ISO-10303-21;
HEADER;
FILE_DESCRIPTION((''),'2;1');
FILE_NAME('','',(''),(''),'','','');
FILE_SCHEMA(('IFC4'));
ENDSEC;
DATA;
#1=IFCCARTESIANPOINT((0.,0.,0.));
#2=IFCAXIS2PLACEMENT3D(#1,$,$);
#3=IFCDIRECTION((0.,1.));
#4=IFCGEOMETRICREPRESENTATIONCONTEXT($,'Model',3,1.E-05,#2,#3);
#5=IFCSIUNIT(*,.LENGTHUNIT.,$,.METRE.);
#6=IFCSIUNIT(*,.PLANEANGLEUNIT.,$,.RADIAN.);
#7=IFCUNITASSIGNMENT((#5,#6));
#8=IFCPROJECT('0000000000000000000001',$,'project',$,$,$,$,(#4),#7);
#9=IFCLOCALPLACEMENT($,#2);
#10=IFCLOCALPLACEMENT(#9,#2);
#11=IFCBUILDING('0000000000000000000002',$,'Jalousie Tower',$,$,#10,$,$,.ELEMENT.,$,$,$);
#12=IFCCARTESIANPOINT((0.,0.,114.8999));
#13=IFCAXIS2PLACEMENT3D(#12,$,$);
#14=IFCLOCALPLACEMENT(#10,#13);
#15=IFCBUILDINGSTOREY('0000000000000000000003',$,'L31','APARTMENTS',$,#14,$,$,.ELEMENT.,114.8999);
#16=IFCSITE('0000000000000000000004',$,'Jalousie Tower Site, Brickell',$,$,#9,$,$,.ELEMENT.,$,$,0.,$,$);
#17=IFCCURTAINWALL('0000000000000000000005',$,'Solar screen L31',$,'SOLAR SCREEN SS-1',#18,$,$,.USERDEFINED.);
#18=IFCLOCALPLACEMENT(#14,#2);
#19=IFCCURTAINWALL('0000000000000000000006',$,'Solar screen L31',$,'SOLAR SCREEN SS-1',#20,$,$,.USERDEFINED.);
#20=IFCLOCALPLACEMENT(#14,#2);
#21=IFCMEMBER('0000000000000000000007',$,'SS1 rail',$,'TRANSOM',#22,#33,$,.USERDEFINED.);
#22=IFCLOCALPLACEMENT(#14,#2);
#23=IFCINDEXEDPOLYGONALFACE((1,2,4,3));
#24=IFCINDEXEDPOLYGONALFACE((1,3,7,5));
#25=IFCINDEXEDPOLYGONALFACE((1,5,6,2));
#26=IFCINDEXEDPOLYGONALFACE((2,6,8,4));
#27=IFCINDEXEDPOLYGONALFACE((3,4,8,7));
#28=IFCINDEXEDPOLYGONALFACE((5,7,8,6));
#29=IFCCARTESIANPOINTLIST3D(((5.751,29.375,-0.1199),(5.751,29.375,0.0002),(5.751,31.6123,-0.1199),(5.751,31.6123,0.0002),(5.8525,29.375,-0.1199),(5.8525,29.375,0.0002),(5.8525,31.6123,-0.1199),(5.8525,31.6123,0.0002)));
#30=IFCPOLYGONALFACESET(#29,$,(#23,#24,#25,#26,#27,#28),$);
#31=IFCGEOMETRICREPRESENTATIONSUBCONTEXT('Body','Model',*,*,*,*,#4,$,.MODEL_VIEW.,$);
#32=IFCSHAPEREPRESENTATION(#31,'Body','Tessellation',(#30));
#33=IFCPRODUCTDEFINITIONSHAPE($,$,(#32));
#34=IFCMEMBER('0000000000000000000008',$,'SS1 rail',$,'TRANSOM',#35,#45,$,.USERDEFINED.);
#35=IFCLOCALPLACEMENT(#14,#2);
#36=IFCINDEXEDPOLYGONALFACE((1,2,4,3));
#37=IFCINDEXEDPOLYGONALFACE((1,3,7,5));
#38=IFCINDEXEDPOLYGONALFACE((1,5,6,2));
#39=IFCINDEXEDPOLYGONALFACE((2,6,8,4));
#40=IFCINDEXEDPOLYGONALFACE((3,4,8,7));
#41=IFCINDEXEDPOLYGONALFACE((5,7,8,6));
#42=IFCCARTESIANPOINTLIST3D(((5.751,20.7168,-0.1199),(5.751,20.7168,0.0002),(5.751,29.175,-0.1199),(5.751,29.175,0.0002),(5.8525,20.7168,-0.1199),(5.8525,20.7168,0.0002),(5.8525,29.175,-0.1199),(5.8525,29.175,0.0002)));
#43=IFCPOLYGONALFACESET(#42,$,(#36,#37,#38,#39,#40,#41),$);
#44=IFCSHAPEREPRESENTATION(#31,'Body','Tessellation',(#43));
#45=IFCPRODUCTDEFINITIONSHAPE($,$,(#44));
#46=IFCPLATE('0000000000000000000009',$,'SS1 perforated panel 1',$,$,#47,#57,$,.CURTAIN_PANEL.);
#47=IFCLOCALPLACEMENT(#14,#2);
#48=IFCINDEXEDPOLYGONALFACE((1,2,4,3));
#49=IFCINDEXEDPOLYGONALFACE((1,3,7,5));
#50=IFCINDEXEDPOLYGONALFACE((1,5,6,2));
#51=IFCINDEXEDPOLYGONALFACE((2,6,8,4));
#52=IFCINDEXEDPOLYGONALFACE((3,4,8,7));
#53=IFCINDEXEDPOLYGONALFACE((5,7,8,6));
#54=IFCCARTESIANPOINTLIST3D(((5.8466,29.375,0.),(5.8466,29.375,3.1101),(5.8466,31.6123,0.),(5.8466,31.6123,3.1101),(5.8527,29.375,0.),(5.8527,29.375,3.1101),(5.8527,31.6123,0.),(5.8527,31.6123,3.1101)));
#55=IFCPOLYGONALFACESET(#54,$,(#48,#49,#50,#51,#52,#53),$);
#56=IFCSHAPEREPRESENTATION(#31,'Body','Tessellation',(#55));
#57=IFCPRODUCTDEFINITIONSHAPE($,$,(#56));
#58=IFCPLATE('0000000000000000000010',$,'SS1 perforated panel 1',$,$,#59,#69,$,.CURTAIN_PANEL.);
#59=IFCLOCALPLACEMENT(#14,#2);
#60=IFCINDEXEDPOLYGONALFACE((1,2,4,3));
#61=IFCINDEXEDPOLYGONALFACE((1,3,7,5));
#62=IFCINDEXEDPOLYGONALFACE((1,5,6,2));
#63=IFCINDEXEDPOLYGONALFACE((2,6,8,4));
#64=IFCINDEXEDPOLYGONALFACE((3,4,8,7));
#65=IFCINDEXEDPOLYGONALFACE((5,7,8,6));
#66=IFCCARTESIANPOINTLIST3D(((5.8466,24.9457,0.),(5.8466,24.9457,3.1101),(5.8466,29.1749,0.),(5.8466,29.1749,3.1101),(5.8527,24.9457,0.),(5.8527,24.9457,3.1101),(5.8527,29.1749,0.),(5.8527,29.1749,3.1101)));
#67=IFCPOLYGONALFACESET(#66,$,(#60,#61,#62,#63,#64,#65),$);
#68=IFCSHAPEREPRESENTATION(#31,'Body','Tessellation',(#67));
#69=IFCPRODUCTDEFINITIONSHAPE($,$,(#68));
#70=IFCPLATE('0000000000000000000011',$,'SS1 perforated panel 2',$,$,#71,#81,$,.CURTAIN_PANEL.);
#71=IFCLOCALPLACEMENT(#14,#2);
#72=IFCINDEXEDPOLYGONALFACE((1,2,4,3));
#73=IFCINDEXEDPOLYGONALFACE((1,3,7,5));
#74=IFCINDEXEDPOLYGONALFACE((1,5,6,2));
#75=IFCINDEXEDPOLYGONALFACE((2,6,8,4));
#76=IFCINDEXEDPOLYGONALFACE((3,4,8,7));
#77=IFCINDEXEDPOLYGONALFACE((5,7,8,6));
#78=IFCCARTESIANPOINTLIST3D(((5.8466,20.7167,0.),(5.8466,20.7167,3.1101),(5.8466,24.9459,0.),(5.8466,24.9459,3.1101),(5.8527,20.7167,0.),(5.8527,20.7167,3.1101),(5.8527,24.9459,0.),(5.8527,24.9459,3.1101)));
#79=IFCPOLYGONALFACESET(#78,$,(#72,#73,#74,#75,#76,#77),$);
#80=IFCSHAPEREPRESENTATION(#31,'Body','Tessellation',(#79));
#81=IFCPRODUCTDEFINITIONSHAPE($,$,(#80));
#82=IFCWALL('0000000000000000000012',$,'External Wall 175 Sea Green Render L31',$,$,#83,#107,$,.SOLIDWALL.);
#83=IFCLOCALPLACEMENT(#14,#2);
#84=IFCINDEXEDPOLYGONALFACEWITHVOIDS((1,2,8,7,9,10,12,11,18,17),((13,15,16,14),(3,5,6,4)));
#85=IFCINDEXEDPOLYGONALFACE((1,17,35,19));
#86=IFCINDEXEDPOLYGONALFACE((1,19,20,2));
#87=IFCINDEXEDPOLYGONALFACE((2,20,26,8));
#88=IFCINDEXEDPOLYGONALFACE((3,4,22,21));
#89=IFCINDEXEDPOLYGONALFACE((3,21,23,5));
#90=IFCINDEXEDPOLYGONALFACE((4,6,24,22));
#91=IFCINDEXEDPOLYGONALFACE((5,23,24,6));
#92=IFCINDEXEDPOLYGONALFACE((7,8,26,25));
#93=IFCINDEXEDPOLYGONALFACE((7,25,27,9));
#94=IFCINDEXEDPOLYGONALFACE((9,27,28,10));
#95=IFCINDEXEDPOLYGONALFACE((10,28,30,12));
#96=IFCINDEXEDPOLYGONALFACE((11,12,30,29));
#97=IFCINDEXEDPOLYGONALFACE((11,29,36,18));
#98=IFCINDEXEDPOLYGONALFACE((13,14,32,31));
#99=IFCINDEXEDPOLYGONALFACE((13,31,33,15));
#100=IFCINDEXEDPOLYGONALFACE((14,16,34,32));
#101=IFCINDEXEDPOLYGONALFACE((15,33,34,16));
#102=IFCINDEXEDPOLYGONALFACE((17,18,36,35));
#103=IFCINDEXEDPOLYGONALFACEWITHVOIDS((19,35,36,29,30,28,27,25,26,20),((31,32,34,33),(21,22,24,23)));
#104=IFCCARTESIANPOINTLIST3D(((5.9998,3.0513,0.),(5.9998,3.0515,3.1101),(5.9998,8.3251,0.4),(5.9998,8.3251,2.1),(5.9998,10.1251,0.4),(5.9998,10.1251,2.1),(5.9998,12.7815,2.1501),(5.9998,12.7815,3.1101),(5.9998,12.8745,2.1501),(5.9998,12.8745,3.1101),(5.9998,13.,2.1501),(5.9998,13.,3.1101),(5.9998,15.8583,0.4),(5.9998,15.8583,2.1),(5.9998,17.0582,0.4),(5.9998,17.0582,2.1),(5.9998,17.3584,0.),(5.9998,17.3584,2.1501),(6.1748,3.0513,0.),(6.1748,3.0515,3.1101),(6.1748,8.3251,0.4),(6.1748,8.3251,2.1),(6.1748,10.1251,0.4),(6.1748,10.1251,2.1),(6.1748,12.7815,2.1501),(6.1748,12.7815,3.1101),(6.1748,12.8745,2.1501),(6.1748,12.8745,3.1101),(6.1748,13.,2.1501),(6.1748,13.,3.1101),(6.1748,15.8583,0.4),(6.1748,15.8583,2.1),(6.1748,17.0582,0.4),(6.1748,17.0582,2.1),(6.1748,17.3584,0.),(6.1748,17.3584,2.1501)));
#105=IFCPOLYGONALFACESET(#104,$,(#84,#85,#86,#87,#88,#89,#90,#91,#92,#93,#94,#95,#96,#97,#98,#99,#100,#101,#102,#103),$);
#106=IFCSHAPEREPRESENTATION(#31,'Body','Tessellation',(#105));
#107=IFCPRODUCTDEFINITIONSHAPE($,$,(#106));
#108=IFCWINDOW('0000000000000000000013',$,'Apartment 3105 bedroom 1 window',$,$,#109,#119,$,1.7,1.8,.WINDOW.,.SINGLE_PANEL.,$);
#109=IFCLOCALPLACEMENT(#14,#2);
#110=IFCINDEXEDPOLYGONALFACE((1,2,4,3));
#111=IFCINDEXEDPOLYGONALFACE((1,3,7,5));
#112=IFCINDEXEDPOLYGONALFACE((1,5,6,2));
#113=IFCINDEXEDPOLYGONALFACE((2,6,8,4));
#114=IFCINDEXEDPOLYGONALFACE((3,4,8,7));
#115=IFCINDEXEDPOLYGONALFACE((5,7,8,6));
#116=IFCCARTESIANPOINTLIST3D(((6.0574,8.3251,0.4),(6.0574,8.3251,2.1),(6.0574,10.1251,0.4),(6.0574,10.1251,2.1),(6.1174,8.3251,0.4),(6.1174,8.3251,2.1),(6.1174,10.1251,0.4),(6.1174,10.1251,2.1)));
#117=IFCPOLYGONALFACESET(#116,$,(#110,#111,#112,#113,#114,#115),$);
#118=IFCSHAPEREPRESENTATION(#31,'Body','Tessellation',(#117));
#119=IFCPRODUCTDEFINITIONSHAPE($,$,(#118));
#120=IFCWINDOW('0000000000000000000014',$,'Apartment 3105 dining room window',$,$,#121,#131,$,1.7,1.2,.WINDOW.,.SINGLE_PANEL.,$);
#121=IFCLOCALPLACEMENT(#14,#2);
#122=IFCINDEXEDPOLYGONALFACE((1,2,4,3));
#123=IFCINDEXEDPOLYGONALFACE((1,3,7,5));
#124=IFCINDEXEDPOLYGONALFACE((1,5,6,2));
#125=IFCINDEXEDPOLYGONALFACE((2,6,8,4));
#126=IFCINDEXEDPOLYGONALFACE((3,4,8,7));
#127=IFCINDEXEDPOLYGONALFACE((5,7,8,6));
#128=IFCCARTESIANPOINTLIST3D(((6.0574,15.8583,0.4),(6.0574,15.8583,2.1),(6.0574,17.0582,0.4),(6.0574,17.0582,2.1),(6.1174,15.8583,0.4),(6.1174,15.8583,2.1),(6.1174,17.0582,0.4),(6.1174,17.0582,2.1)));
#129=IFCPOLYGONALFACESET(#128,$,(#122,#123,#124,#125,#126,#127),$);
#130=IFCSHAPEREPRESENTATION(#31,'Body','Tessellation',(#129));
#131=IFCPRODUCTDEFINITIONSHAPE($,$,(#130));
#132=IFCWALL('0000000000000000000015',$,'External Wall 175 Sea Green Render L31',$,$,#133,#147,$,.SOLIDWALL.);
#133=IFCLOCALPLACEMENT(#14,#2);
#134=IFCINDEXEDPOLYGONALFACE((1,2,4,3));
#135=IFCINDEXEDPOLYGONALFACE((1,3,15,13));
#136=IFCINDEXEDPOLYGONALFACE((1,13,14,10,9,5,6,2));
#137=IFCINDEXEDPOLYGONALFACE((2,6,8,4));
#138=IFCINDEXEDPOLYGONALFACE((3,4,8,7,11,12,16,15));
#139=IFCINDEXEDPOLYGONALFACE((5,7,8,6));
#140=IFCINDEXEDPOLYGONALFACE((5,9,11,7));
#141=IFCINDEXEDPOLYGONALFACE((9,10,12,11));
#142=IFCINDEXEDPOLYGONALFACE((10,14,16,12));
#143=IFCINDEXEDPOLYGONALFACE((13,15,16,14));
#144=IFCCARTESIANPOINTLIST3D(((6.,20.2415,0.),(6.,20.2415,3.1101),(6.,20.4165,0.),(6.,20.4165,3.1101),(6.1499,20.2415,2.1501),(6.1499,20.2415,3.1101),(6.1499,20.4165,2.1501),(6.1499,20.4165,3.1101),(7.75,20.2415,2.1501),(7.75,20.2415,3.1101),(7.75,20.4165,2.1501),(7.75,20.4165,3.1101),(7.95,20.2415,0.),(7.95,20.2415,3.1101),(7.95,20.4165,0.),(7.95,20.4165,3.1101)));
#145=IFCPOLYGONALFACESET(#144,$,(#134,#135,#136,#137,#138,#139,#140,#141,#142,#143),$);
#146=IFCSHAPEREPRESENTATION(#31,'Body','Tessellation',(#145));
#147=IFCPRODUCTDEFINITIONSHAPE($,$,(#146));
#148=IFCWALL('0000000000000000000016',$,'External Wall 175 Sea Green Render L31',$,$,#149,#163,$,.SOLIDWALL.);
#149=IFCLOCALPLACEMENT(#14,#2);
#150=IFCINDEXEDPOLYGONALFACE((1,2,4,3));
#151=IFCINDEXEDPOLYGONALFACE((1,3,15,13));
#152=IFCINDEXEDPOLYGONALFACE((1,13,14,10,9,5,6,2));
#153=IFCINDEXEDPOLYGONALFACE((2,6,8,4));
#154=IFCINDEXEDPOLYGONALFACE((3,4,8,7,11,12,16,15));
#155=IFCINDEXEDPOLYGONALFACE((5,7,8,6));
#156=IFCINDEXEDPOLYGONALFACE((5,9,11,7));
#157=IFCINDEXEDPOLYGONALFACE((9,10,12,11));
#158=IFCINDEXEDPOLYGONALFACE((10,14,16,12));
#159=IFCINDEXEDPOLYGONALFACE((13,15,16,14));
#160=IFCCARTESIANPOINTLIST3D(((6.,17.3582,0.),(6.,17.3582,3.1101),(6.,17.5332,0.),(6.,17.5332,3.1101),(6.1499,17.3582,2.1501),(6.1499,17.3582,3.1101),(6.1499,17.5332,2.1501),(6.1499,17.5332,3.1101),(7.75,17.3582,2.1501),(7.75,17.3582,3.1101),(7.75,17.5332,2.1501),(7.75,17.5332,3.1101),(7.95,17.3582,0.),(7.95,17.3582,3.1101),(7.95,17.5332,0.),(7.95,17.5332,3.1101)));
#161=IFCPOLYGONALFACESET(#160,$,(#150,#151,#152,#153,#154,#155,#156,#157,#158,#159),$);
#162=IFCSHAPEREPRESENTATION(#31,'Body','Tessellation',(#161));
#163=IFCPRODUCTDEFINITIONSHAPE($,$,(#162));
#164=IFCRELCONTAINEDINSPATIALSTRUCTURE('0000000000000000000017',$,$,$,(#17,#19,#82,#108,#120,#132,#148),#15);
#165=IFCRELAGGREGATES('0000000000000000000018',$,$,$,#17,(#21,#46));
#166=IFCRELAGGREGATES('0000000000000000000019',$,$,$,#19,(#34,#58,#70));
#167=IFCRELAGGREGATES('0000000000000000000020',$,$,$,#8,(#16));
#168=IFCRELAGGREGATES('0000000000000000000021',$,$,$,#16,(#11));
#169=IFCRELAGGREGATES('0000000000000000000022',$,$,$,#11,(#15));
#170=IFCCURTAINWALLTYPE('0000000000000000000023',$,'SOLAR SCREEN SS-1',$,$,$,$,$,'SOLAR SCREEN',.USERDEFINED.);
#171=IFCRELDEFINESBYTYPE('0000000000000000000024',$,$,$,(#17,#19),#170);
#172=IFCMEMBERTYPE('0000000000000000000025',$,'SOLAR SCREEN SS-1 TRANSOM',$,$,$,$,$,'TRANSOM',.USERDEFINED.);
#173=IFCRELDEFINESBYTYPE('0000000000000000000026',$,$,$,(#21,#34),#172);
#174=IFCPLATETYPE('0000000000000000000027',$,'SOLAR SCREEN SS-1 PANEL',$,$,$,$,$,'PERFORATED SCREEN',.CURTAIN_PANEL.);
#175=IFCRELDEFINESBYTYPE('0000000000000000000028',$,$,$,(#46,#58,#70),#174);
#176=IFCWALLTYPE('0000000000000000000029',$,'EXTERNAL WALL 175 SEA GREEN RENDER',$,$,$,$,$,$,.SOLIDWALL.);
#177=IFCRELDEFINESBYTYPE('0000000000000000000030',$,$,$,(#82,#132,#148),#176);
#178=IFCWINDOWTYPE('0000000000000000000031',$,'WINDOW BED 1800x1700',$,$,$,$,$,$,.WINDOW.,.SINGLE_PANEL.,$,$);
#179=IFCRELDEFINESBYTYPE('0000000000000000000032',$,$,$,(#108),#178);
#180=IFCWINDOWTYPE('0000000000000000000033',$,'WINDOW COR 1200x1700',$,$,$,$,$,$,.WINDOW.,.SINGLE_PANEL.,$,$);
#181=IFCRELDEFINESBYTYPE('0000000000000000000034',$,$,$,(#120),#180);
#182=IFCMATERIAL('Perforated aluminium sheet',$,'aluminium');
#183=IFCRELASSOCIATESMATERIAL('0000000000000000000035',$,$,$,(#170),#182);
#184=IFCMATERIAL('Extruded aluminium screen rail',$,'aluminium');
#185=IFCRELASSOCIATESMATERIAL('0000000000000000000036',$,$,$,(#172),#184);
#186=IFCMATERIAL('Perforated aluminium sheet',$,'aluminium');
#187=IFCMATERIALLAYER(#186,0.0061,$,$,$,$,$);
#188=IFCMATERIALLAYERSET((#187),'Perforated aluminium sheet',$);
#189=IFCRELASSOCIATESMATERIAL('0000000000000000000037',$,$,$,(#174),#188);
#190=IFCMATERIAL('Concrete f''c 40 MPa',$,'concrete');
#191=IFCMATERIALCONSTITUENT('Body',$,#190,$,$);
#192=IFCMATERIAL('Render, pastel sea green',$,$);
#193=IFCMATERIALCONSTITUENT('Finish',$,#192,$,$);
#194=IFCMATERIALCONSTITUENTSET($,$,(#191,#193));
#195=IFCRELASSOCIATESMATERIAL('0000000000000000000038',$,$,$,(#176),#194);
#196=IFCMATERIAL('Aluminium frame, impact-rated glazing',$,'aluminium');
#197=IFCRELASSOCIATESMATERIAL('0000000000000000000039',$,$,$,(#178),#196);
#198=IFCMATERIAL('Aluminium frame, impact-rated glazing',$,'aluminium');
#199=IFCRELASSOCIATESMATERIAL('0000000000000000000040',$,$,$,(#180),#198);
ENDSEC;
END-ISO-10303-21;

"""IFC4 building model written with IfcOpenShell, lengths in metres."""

from ifc_helpers import new_model, si_unit, direction, frame, frame_2d, origin, origin_2d, place, context, subcontext, project, spatial, polyline, rectangle, outline, extrude, material, layer, layer_set, constituent, constituent_set, material_profile, profile_set, type_object, element, fill, aggregate, save


model = new_model("IFC4")

# Units and contexts
model_context = context("Model", 3, precision=1e-05, world=origin(), true_north=direction((0.0, 1.0)))
body_context = subcontext(model_context, "Body", "Model", "MODEL_VIEW")
ifc_project = project(units=[si_unit("LENGTHUNIT", "METRE"), si_unit("PLANEANGLEUNIT", "RADIAN")], contexts=[model_context])

# Site, building, storey
site_placement = place(None, origin())
site = spatial("IfcSite", under=ifc_project, at=site_placement, Name="Jalousie Tower Site, Brickell", CompositionType="ELEMENT", RefElevation=0.0)
building_placement = place(site_placement, origin())
building = spatial("IfcBuilding", under=site, at=building_placement, Name="Jalousie Tower", CompositionType="ELEMENT")
storey_placement = place(building_placement, frame((0.0, 0.0, 114.8999)))
storey = spatial("IfcBuildingStorey", under=building, at=storey_placement, Name="L31", Description="APARTMENTS", CompositionType="ELEMENT", Elevation=114.8999)

# Curtain wall
ifc_material_1 = material(Name="Perforated aluminium sheet", Category="aluminium")
curtain_wall_type = type_object("IfcCurtainWallType", Name="SOLAR SCREEN SS-1", ElementType="SOLAR SCREEN", PredefinedType="USERDEFINED", material=ifc_material_1)
curtain_wall_1_placement = place(storey_placement, origin())
curtain_wall_1 = element("IfcCurtainWall", 1, at=curtain_wall_1_placement, inside=storey, type_object=curtain_wall_type, Name="Solar screen L31", ObjectType="SOLAR SCREEN SS-1", PredefinedType="USERDEFINED")

# Curtain wall
curtain_wall_2_placement = place(storey_placement, origin())
curtain_wall_2 = element("IfcCurtainWall", 2, at=curtain_wall_2_placement, inside=storey, type_object=curtain_wall_type, Name="Solar screen L31", ObjectType="SOLAR SCREEN SS-1", PredefinedType="USERDEFINED")

# Members
ifc_material_2 = material(Name="Extruded aluminium screen rail", Category="aluminium")
ifc_material_profile_1 = material_profile(ifc_material_2, rectangle(XDim=0.1016, YDim=0.1201, at=origin_2d()), Name="RAIL 102x120")
ifc_profile_set_1 = profile_set([ifc_material_profile_1], Name="Extruded aluminium screen rail")
member_type_1 = type_object("IfcMemberType", Name="SOLAR SCREEN SS-1 TRANSOM", ElementType="TRANSOM", PredefinedType="USERDEFINED", material=ifc_profile_set_1)
member_1_placement = place(storey_placement, frame((5.8018, 31.6123, -0.0598), z_axis=(0.0, -1.0, 0.0), x_axis=(1.0, 0.0, 0.0)))
member_1 = element("IfcMember", 3, at=member_1_placement, type_object=member_type_1, Name="SS1 rail", ObjectType="TRANSOM", PredefinedType="USERDEFINED", context=body_context, shape_type="SweptSolid", body=[
    extrude(rectangle(XDim=0.1016, YDim=0.1201, at=origin_2d()), origin(), (0.0, 0.0, 1.0), 2.2373),
])
member_2_placement = place(storey_placement, frame((5.8018, 29.175, -0.0598), z_axis=(0.0, -1.0, 0.0), x_axis=(1.0, 0.0, 0.0)))
member_2 = element("IfcMember", 4, at=member_2_placement, type_object=member_type_1, Name="SS1 rail", ObjectType="TRANSOM", PredefinedType="USERDEFINED", context=body_context, shape_type="SweptSolid", body=[
    extrude(rectangle(XDim=0.1016, YDim=0.1201, at=origin_2d()), origin(), (0.0, 0.0, 1.0), 8.4583),
])

# Plates
ifc_material_3 = material(Name="Perforated aluminium sheet", Category="aluminium")
ifc_layer_1 = layer(ifc_material_3, 0.0061)
ifc_layer_set_1 = layer_set([ifc_layer_1], Name="Perforated aluminium sheet")
plate_type = type_object("IfcPlateType", Name="SOLAR SCREEN SS-1 PANEL", ElementType="PERFORATED SCREEN", PredefinedType="CURTAIN_PANEL", material=ifc_layer_set_1)
plate_1_placement = place(storey_placement, frame((5.8496, 30.4937, 0.0), z_axis=(0.0, 0.0, 1.0), x_axis=(0.0, -1.0, 0.0)))
plate_1 = element("IfcPlate", 5, at=plate_1_placement, type_object=plate_type, Name="SS1 perforated panel 1", PredefinedType="CURTAIN_PANEL", context=body_context, shape_type="SweptSolid", body=[
    extrude(rectangle(XDim=2.2373, YDim=0.0061, at=origin_2d()), origin(), (0.0, 0.0, 1.0), 3.1101),
])
aggregate(curtain_wall_1, [member_1, plate_1])
plate_2_placement = place(storey_placement, frame((5.8496, 27.0603, 0.0), z_axis=(0.0, 0.0, 1.0), x_axis=(0.0, -1.0, 0.0)))
plate_2 = element("IfcPlate", 6, at=plate_2_placement, type_object=plate_type, Name="SS1 perforated panel 1", PredefinedType="CURTAIN_PANEL", context=body_context, shape_type="SweptSolid", body=[
    extrude(rectangle(XDim=4.2292, YDim=0.0061, at=origin_2d()), origin(), (0.0, 0.0, 1.0), 3.1101),
])
plate_3_placement = place(storey_placement, frame((5.8496, 22.8313, 0.0), z_axis=(0.0, 0.0, 1.0), x_axis=(0.0, -1.0, 0.0)))
plate_3 = element("IfcPlate", 7, at=plate_3_placement, type_object=plate_type, Name="SS1 perforated panel 2", PredefinedType="CURTAIN_PANEL", context=body_context, shape_type="SweptSolid", body=[
    extrude(rectangle(XDim=4.2292, YDim=0.0061, at=origin_2d()), origin(), (0.0, 0.0, 1.0), 3.1101),
])
aggregate(curtain_wall_2, [member_2, plate_2, plate_3])

# Wall, openings, windows
ifc_material_4 = material(Name="Concrete f'c 40 MPa", Category="concrete")
ifc_constituent_1 = constituent(ifc_material_4, Name="Body")
ifc_material_5 = material(Name="Render, pastel sea green")
ifc_constituent_2 = constituent(ifc_material_5, Name="Finish")
ifc_constituent_set_1 = constituent_set(constituents=[ifc_constituent_1, ifc_constituent_2])
wall_type_1 = type_object("IfcWallType", Name="EXTERNAL WALL 175 SEA GREEN RENDER", PredefinedType="SOLIDWALL", material=ifc_constituent_set_1)
wall_1_placement = place(storey_placement, frame((6.0874, 17.3584, 0.0), z_axis=(0.0, 0.0, 1.0), x_axis=(0.0, -1.0, 0.0)))
wall_1 = element("IfcWall", 8, at=wall_1_placement, inside=storey, type_object=wall_type_1, Name="External Wall 175 Sea Green Render L31", PredefinedType="SOLIDWALL", context=body_context, shape_type="SweptSolid", body=[
    extrude(outline(polyline([(0.0, 0.0), (14.3071, 0.0), (14.3069, 3.1101), (4.5769, 3.1101), (4.5769, 2.1501), (4.4839, 2.1501), (4.4839, 3.1101), (4.3584, 3.1101), (4.3584, 2.1501), (0.0, 2.1501), (0.0, 0.0)])), frame((0.0, 0.0874, 0.0), z_axis=(0.0, -1.0, 0.0), x_axis=(1.0, 0.0, 0.0)), (0.0, 0.0, 1.0), 0.175),
])
opening_1_placement = place(wall_1_placement, frame((0.3, 0.0, 0.3999)))
opening_1 = element("IfcOpeningElement", 9, at=opening_1_placement, cuts=wall_1, PredefinedType="OPENING", context=body_context, shape_type="SweptSolid", body=[
    extrude(rectangle(XDim=1.2, YDim=1.7, at=frame_2d((0.6001, 0.8501))), frame((0.0, 0.0974, 0.0), z_axis=(0.0, -1.0, 0.0), x_axis=(1.0, 0.0, 0.0)), (0.0, 0.0, 1.0), 0.1951),
])
opening_2_placement = place(wall_1_placement, frame((7.2334, 0.0, 0.3999)))
opening_2 = element("IfcOpeningElement", 10, at=opening_2_placement, cuts=wall_1, PredefinedType="OPENING", context=body_context, shape_type="SweptSolid", body=[
    extrude(rectangle(XDim=1.8, YDim=1.7, at=frame_2d((0.8999, 0.8501))), frame((0.0, 0.0974, 0.0), z_axis=(0.0, -1.0, 0.0), x_axis=(1.0, 0.0, 0.0)), (0.0, 0.0, 1.0), 0.1951),
])
ifc_material_6 = material(Name="Aluminium frame, impact-rated glazing", Category="aluminium")
window_type_1 = type_object("IfcWindowType", Name="WINDOW BED 1800x1700", PartitioningType="SINGLE_PANEL", PredefinedType="WINDOW", material=ifc_material_6)
window_1_placement = place(opening_2_placement, origin())
window_1 = element("IfcWindow", 11, at=window_1_placement, inside=storey, type_object=window_type_1, Name="Apartment 3105 bedroom 1 window", OverallHeight=1.7, OverallWidth=1.8, PartitioningType="SINGLE_PANEL", PredefinedType="WINDOW", context=body_context, shape_type="SweptSolid", body=[
    extrude(rectangle(XDim=1.8, YDim=1.7, at=frame_2d((0.8999, 0.8501))), frame((0.0, 0.03, 0.0), z_axis=(0.0, -1.0, 0.0), x_axis=(1.0, 0.0, 0.0)), (0.0, 0.0, 1.0), 0.0601),
])
fill(opening_2, window_1)
ifc_material_7 = material(Name="Aluminium frame, impact-rated glazing", Category="aluminium")
window_type_2 = type_object("IfcWindowType", Name="WINDOW COR 1200x1700", PartitioningType="SINGLE_PANEL", PredefinedType="WINDOW", material=ifc_material_7)
window_2_placement = place(opening_1_placement, origin())
window_2 = element("IfcWindow", 12, at=window_2_placement, inside=storey, type_object=window_type_2, Name="Apartment 3105 dining room window", OverallHeight=1.7, OverallWidth=1.2, PartitioningType="SINGLE_PANEL", PredefinedType="WINDOW", context=body_context, shape_type="SweptSolid", body=[
    extrude(rectangle(XDim=1.2, YDim=1.7, at=frame_2d((0.6001, 0.8501))), frame((0.0, 0.03, 0.0), z_axis=(0.0, -1.0, 0.0), x_axis=(1.0, 0.0, 0.0)), (0.0, 0.0, 1.0), 0.0601),
])
fill(opening_1, window_2)

# Walls
for number, where, z_axis, x_axis, name in (
    (13, (6.0, 20.3291, 0.0), (0.0, 0.0, 1.0), (1.0, 0.0, 0.0), "External Wall 175 Sea Green Render L31"),
    (14, (6.0, 17.4458, 0.0), (0.0, 0.0, 1.0), (1.0, 0.0, 0.0), "External Wall 175 Sea Green Render L31"),
):
    element("IfcWall", number, at=place(storey_placement, frame(where, z_axis=z_axis, x_axis=x_axis)), inside=storey, type_object=wall_type_1, Name=name, PredefinedType="SOLIDWALL", context=body_context, shape_type="SweptSolid", body=[
        extrude(outline(polyline([(0.0, 0.0), (1.95, 0.0), (1.95, 3.1101), (1.75, 3.1101), (1.75, 2.1501), (0.1499, 2.1501), (0.1499, 3.1101), (0.0, 3.1101), (0.0, 0.0)])), frame((0.0, 0.0874, 0.0), z_axis=(0.0, -1.0, 0.0), x_axis=(1.0, 0.0, 0.0)), (0.0, 0.0, 1.0), 0.175),
    ])

save(model, "model.ifc")
